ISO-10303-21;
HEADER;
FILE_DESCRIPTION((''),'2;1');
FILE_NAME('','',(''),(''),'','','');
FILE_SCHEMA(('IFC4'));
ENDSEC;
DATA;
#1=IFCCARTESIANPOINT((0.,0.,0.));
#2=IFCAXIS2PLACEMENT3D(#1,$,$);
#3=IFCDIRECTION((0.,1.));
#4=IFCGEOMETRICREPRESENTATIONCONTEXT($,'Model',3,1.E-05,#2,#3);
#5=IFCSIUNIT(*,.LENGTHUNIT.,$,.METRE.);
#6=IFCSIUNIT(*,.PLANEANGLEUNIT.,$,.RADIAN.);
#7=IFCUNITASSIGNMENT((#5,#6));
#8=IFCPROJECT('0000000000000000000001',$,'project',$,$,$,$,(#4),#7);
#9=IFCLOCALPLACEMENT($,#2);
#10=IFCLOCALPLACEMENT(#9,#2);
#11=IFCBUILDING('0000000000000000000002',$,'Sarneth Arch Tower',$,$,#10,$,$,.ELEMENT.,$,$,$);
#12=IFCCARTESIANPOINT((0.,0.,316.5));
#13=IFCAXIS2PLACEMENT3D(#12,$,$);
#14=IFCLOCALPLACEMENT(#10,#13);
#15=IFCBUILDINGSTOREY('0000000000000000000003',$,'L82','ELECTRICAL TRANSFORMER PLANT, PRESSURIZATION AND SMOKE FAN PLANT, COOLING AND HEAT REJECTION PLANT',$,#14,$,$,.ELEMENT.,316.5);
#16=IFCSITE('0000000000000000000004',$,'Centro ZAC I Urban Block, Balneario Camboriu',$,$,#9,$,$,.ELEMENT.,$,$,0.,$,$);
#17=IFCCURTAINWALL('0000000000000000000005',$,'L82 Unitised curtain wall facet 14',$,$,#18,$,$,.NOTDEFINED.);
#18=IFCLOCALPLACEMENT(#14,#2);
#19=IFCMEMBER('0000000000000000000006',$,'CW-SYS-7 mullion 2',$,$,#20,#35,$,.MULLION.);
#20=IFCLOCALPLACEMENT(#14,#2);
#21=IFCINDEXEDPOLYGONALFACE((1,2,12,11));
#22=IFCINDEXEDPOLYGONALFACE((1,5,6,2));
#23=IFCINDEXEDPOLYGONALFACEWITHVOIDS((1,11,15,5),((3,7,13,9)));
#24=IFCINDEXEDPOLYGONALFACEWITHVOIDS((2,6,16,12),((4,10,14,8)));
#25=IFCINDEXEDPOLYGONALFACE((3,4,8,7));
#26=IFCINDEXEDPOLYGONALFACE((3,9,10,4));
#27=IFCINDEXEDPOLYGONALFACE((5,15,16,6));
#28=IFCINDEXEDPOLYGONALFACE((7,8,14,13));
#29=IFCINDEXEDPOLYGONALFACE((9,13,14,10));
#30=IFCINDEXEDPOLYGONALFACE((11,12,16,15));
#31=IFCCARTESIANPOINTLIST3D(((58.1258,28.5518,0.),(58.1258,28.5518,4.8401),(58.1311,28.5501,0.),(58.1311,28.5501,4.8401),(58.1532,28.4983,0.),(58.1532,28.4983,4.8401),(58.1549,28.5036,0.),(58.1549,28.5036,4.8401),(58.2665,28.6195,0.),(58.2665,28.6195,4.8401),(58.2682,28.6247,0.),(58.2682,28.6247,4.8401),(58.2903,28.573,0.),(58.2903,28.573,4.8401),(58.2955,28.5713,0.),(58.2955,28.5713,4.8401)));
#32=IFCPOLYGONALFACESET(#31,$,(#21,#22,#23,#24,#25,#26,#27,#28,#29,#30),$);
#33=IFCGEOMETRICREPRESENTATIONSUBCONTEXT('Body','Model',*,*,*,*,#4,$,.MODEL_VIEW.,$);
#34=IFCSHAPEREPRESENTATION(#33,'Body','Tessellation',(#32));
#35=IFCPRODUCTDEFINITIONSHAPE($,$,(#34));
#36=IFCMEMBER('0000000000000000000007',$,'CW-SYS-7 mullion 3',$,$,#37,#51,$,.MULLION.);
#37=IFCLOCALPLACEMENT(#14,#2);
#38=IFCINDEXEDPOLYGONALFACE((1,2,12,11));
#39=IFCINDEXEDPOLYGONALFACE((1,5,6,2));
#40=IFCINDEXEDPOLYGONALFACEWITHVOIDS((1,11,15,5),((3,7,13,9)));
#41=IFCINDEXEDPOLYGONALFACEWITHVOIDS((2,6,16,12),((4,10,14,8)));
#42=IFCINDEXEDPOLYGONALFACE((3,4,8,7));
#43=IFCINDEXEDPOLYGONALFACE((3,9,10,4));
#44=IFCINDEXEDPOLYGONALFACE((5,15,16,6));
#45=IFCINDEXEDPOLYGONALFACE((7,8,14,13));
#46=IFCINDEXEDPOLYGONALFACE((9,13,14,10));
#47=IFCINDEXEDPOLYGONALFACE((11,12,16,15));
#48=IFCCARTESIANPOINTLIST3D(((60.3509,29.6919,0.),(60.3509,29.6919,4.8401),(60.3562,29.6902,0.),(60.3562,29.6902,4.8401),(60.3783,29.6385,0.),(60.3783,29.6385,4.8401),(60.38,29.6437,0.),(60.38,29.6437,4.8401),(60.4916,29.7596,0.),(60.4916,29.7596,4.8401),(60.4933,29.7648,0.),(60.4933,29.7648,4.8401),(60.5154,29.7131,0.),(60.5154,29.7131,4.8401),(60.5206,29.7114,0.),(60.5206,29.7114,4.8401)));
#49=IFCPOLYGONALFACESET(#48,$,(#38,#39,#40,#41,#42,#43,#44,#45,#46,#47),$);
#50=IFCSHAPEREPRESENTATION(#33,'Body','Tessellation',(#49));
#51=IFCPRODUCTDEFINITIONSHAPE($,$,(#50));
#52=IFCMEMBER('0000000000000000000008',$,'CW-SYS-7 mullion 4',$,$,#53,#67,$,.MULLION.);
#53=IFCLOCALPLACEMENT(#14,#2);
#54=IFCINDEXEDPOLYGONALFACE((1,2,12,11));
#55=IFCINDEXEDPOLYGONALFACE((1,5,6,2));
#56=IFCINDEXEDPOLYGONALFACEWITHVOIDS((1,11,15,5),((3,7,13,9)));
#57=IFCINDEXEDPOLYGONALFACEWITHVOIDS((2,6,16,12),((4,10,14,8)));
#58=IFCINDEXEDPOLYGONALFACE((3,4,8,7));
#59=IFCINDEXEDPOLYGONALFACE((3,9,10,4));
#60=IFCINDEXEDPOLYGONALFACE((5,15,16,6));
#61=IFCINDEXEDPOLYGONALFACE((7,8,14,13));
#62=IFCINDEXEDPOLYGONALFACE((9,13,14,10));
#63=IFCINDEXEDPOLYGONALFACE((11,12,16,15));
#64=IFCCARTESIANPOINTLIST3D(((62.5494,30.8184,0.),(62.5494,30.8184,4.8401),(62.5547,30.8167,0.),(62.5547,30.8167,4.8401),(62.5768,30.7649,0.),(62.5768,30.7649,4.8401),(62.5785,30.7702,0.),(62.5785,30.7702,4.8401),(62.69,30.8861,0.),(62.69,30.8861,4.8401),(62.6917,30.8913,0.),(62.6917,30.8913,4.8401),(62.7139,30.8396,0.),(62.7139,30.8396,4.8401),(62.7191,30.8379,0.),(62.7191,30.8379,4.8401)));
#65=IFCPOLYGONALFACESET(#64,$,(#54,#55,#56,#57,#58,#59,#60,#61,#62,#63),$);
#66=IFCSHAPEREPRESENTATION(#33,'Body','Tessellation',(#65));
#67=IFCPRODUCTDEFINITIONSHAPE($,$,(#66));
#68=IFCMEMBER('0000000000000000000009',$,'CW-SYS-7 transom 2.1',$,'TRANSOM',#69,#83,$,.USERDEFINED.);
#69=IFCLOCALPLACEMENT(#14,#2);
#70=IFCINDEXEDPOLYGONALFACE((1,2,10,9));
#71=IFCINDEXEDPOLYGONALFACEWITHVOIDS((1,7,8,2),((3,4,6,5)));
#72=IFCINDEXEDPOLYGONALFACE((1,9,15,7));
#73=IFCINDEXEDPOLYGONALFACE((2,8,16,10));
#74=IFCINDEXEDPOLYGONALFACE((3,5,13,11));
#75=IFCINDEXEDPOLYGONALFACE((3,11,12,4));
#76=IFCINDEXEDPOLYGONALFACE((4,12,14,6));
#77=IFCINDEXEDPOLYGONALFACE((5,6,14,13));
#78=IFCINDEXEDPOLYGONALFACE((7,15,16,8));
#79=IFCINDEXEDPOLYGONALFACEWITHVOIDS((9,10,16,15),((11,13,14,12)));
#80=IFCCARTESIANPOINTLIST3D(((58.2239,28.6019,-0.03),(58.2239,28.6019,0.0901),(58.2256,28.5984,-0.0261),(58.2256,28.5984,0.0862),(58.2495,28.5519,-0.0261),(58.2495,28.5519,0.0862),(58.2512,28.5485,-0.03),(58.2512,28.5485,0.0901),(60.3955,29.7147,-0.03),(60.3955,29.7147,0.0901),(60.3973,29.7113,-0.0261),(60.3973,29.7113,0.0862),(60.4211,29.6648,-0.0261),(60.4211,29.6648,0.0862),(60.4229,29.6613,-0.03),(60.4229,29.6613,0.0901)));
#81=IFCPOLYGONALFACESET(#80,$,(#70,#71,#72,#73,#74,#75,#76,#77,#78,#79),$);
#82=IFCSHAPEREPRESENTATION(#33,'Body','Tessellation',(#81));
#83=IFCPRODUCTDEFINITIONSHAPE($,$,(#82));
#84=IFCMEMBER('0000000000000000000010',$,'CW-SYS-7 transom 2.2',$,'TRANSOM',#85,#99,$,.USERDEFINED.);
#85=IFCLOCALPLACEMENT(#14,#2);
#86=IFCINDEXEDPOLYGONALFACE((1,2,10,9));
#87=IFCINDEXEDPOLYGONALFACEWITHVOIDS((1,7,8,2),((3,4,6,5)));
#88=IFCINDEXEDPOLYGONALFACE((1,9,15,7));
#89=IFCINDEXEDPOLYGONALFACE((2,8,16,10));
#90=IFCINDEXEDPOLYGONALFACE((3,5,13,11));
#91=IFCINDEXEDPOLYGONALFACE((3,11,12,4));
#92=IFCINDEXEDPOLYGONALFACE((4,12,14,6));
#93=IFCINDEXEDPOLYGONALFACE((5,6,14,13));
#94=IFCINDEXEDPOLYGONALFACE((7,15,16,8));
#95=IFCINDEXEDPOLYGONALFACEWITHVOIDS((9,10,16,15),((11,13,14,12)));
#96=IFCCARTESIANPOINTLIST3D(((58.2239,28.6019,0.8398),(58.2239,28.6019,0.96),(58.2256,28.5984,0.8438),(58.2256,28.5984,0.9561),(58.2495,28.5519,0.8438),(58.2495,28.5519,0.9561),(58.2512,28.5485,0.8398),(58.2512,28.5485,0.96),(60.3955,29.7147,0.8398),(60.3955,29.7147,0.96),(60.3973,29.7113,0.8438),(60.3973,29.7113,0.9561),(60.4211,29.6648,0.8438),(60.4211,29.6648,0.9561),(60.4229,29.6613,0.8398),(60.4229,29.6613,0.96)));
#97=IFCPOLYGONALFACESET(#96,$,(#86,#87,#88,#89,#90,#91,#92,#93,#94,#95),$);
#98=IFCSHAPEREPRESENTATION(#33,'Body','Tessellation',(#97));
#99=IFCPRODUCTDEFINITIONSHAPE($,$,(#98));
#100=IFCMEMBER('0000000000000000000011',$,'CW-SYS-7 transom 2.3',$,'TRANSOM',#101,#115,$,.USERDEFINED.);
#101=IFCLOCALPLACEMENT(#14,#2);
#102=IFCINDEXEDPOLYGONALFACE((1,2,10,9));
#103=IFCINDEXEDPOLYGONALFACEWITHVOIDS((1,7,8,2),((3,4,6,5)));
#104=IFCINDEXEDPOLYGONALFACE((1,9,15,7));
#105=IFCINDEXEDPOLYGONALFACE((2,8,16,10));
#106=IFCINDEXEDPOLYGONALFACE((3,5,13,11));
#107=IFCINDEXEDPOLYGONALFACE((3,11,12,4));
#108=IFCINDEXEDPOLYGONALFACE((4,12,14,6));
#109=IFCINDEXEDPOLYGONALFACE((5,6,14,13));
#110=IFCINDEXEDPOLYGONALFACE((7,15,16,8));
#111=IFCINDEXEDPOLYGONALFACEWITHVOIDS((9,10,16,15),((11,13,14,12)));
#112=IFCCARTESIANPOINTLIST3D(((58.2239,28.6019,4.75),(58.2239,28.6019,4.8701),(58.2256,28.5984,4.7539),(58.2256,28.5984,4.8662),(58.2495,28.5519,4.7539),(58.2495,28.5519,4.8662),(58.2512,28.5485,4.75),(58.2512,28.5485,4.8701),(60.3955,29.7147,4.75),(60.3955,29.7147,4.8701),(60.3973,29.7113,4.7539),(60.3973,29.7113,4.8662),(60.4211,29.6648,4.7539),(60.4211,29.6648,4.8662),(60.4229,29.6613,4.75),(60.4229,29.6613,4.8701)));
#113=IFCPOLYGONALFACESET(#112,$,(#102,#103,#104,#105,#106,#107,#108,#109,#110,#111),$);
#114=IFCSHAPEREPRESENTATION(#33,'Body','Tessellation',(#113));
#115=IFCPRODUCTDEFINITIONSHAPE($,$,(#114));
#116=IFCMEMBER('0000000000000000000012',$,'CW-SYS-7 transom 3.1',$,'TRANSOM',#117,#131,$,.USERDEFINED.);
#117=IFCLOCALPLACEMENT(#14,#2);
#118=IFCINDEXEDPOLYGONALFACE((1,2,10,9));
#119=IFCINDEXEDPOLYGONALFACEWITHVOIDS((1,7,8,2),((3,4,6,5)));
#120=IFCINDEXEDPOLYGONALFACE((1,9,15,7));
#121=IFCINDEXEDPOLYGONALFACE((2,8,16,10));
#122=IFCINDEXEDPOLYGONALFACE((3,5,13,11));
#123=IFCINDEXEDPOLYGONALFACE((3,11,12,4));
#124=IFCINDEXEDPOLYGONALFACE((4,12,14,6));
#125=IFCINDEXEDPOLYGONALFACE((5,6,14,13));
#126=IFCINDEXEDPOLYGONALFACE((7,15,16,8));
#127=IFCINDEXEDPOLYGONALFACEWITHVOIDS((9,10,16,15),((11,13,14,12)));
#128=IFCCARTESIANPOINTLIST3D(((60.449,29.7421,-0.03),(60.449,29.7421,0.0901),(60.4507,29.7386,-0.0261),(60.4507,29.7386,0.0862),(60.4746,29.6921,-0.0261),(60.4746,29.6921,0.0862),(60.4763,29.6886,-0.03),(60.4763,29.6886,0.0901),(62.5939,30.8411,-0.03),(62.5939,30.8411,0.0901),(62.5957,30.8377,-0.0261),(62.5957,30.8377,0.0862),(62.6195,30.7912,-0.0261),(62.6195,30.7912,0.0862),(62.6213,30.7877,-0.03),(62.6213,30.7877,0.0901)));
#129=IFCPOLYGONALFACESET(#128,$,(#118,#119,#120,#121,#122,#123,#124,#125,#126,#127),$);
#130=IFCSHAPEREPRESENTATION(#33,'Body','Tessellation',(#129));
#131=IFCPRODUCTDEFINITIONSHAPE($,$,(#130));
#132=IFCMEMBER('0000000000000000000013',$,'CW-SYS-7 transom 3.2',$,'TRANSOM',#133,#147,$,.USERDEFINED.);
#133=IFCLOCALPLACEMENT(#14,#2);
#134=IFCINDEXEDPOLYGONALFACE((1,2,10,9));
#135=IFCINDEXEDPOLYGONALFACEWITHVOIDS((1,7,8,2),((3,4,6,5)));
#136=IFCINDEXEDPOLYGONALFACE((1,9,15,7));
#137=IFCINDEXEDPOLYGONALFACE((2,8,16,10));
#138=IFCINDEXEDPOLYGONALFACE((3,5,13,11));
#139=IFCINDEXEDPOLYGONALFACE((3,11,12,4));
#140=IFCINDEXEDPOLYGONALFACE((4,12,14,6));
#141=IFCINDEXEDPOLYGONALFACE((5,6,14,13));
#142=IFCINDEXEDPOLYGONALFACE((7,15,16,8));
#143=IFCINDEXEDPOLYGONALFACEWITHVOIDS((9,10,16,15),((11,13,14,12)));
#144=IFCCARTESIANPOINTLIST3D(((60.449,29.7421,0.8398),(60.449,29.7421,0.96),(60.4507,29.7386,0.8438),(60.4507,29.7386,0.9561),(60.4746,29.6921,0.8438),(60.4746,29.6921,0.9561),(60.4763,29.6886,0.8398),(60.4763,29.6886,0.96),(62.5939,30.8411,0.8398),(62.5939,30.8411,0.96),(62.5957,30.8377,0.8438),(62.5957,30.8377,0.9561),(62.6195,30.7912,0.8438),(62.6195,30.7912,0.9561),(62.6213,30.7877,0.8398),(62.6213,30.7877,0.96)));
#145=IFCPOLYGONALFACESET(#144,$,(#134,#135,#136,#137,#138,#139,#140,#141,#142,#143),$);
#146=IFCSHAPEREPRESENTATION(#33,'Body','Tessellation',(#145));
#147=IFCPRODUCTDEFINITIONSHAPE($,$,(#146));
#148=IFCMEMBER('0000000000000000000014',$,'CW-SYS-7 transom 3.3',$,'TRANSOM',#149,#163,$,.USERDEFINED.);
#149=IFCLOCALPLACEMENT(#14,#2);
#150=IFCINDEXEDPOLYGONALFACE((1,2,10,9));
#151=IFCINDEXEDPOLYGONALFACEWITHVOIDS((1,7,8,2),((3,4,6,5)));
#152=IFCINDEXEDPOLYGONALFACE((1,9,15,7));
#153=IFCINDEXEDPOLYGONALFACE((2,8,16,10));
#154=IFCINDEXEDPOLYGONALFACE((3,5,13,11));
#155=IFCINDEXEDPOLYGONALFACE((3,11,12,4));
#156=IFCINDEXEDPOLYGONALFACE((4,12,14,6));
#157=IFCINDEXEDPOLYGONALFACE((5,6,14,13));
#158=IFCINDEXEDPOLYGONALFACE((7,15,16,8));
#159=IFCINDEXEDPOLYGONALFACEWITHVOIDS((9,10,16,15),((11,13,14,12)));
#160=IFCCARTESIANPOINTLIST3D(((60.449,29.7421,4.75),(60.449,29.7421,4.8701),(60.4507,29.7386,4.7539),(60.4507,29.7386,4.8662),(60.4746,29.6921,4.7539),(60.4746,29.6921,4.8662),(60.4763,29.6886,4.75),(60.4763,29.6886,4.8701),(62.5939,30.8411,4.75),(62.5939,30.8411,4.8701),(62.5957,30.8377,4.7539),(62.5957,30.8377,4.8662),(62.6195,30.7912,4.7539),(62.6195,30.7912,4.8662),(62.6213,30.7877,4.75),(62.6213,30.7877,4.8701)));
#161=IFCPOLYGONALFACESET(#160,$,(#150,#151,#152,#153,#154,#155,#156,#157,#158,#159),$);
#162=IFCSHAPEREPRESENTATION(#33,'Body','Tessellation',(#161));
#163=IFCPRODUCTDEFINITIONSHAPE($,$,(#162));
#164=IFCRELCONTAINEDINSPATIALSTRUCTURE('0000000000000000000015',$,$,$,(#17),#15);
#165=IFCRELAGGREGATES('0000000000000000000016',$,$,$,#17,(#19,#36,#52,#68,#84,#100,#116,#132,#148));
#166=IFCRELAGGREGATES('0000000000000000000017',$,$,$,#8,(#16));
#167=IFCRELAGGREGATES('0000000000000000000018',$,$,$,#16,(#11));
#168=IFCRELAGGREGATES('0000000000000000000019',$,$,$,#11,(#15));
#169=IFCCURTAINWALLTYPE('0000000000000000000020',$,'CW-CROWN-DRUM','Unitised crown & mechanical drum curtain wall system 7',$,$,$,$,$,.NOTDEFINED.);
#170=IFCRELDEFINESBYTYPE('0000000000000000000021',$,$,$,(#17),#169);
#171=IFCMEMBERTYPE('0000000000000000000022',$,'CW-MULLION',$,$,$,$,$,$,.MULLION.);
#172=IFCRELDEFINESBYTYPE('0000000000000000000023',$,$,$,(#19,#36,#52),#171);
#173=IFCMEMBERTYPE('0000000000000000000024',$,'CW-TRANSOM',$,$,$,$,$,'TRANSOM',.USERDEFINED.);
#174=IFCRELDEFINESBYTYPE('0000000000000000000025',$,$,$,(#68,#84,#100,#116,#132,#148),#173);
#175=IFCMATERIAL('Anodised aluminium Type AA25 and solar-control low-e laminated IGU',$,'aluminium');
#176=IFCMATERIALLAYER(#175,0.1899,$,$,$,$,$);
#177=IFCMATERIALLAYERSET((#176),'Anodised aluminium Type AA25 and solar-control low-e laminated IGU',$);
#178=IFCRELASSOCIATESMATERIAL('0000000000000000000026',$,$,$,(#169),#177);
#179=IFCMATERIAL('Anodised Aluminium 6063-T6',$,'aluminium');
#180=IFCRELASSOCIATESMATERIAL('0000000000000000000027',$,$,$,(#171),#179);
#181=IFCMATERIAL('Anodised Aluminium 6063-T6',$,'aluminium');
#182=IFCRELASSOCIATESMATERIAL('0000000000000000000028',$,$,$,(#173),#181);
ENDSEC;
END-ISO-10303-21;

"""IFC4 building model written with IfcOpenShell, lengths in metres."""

from ifc_helpers import new_model, si_unit, direction, frame, origin, origin_2d, place, context, subcontext, project, spatial, hollow_rectangle, extrude, material, layer, layer_set, material_profile, profile_set, type_object, element, aggregate, save


model = new_model("IFC4")

# Units and contexts
model_context = context("Model", 3, precision=1e-05, world=origin(), true_north=direction((0.0, 1.0)))
body_context = subcontext(model_context, "Body", "Model", "MODEL_VIEW")
ifc_project = project(units=[si_unit("LENGTHUNIT", "METRE"), si_unit("PLANEANGLEUNIT", "RADIAN")], contexts=[model_context])

# Site, building, storey
site_placement = place(None, origin())
site = spatial("IfcSite", under=ifc_project, at=site_placement, Name="Centro ZAC I Urban Block, Balneario Camboriu", CompositionType="ELEMENT", RefElevation=0.0)
building_placement = place(site_placement, origin())
building = spatial("IfcBuilding", under=site, at=building_placement, Name="Sarneth Arch Tower", CompositionType="ELEMENT")
storey_placement = place(building_placement, frame((0.0, 0.0, 316.5)))
storey = spatial("IfcBuildingStorey", under=building, at=storey_placement, Name="L82", Description="ELECTRICAL TRANSFORMER PLANT, PRESSURIZATION AND SMOKE FAN PLANT, COOLING AND HEAT REJECTION PLANT", CompositionType="ELEMENT", Elevation=316.5)

# Curtain wall, members
ifc_material_1 = material(Name="Anodised aluminium Type AA25 and solar-control low-e laminated IGU", Category="aluminium")
ifc_layer_1 = layer(ifc_material_1, 0.1899)
ifc_layer_set_1 = layer_set([ifc_layer_1], Name="Anodised aluminium Type AA25 and solar-control low-e laminated IGU")
curtain_wall_type = type_object("IfcCurtainWallType", Name="CW-CROWN-DRUM", Description="Unitised crown & mechanical drum curtain wall system 7", PredefinedType="NOTDEFINED", material=ifc_layer_set_1)
curtain_wall_placement = place(storey_placement, origin())
curtain_wall = element("IfcCurtainWall", 1, at=curtain_wall_placement, inside=storey, type_object=curtain_wall_type, Name="L82 Unitised curtain wall facet 14", PredefinedType="NOTDEFINED")
ifc_material_2 = material(Name="Anodised Aluminium 6063-T6", Category="aluminium")
ifc_material_profile_1 = material_profile(ifc_material_2, hollow_rectangle(XDim=0.0601, YDim=0.1599, WallThickness=0.0039, at=origin_2d()), Name="AL-MULL-160x60x4")
ifc_profile_set_1 = profile_set([ifc_material_profile_1], Name="Anodised Aluminium 6063-T6")
member_type_1 = type_object("IfcMemberType", Name="CW-MULLION", PredefinedType="MULLION", material=ifc_profile_set_1)
member_1_placement = place(storey_placement, frame((58.2107, 28.5615, 0.0), z_axis=(0.0, 0.0, 1.0), x_axis=(-0.45604, 0.889959, 0.0)))
member_1 = element("IfcMember", 2, at=member_1_placement, type_object=member_type_1, Name="CW-SYS-7 mullion 2", PredefinedType="MULLION", context=body_context, shape_type="SweptSolid", body=[
    extrude(hollow_rectangle(XDim=0.0601, YDim=0.1599, WallThickness=0.0039, at=origin_2d()), origin(), (0.0, 0.0, 1.0), 4.8401),
])
member_2_placement = place(storey_placement, frame((60.4358, 29.7017, 0.0), z_axis=(0.0, 0.0, 1.0), x_axis=(-0.45604, 0.889959, 0.0)))
member_2 = element("IfcMember", 3, at=member_2_placement, type_object=member_type_1, Name="CW-SYS-7 mullion 3", PredefinedType="MULLION", context=body_context, shape_type="SweptSolid", body=[
    extrude(hollow_rectangle(XDim=0.0601, YDim=0.1599, WallThickness=0.0039, at=origin_2d()), origin(), (0.0, 0.0, 1.0), 4.8401),
])
member_3_placement = place(storey_placement, frame((62.6343, 30.8281, 0.0), z_axis=(0.0, 0.0, 1.0), x_axis=(-0.45604, 0.889959, 0.0)))
member_3 = element("IfcMember", 4, at=member_3_placement, type_object=member_type_1, Name="CW-SYS-7 mullion 4", PredefinedType="MULLION", context=body_context, shape_type="SweptSolid", body=[
    extrude(hollow_rectangle(XDim=0.0601, YDim=0.1599, WallThickness=0.0039, at=origin_2d()), origin(), (0.0, 0.0, 1.0), 4.8401),
])
ifc_material_3 = material(Name="Anodised Aluminium 6063-T6", Category="aluminium")
ifc_material_profile_2 = material_profile(ifc_material_3, hollow_rectangle(XDim=0.0601, YDim=0.1201, WallThickness=0.0039, at=origin_2d()), Name="AL-TRAN-120x60x4")
ifc_profile_set_2 = profile_set([ifc_material_profile_2], Name="Anodised Aluminium 6063-T6")
member_type_2 = type_object("IfcMemberType", Name="CW-TRANSOM", ElementType="TRANSOM", PredefinedType="USERDEFINED", material=ifc_profile_set_2)
member_4_placement = place(storey_placement, frame((58.2375, 28.5752, 0.03), z_axis=(0.889961, 0.456036, 0.0), x_axis=(-0.456036, 0.889961, 0.0)))
member_4 = element("IfcMember", 5, at=member_4_placement, type_object=member_type_2, Name="CW-SYS-7 transom 2.1", ObjectType="TRANSOM", PredefinedType="USERDEFINED", context=body_context, shape_type="SweptSolid", body=[
    extrude(hollow_rectangle(XDim=0.0601, YDim=0.1201, WallThickness=0.0039, at=origin_2d()), origin(), (0.0, 0.0, 1.0), 2.4402),
])
member_5_placement = place(storey_placement, frame((58.2375, 28.5752, 0.8999), z_axis=(0.889961, 0.456036, 0.0), x_axis=(-0.456036, 0.889961, 0.0)))
member_5 = element("IfcMember", 6, at=member_5_placement, type_object=member_type_2, Name="CW-SYS-7 transom 2.2", ObjectType="TRANSOM", PredefinedType="USERDEFINED", context=body_context, shape_type="SweptSolid", body=[
    extrude(hollow_rectangle(XDim=0.0601, YDim=0.1201, WallThickness=0.0039, at=origin_2d()), origin(), (0.0, 0.0, 1.0), 2.4402),
])
member_6_placement = place(storey_placement, frame((58.2375, 28.5752, 4.8101), z_axis=(0.889961, 0.456036, 0.0), x_axis=(-0.456036, 0.889961, 0.0)))
member_6 = element("IfcMember", 7, at=member_6_placement, type_object=member_type_2, Name="CW-SYS-7 transom 2.3", ObjectType="TRANSOM", PredefinedType="USERDEFINED", context=body_context, shape_type="SweptSolid", body=[
    extrude(hollow_rectangle(XDim=0.0601, YDim=0.1201, WallThickness=0.0039, at=origin_2d()), origin(), (0.0, 0.0, 1.0), 2.4402),
])
member_7_placement = place(storey_placement, frame((60.4626, 29.7153, 0.03), z_axis=(0.889967, 0.456025, 0.0), x_axis=(-0.456025, 0.889967, 0.0)))
member_7 = element("IfcMember", 8, at=member_7_placement, type_object=member_type_2, Name="CW-SYS-7 transom 3.1", ObjectType="TRANSOM", PredefinedType="USERDEFINED", context=body_context, shape_type="SweptSolid", body=[
    extrude(hollow_rectangle(XDim=0.0601, YDim=0.1201, WallThickness=0.0039, at=origin_2d()), origin(), (0.0, 0.0, 1.0), 2.4102),
])
member_8_placement = place(storey_placement, frame((60.4626, 29.7153, 0.8999), z_axis=(0.889967, 0.456025, 0.0), x_axis=(-0.456025, 0.889967, 0.0)))
member_8 = element("IfcMember", 9, at=member_8_placement, type_object=member_type_2, Name="CW-SYS-7 transom 3.2", ObjectType="TRANSOM", PredefinedType="USERDEFINED", context=body_context, shape_type="SweptSolid", body=[
    extrude(hollow_rectangle(XDim=0.0601, YDim=0.1201, WallThickness=0.0039, at=origin_2d()), origin(), (0.0, 0.0, 1.0), 2.4102),
])
member_9_placement = place(storey_placement, frame((60.4626, 29.7153, 4.8101), z_axis=(0.889967, 0.456025, 0.0), x_axis=(-0.456025, 0.889967, 0.0)))
member_9 = element("IfcMember", 10, at=member_9_placement, type_object=member_type_2, Name="CW-SYS-7 transom 3.3", ObjectType="TRANSOM", PredefinedType="USERDEFINED", context=body_context, shape_type="SweptSolid", body=[
    extrude(hollow_rectangle(XDim=0.0601, YDim=0.1201, WallThickness=0.0039, at=origin_2d()), origin(), (0.0, 0.0, 1.0), 2.4102),
])

aggregate(curtain_wall, [member_1, member_2, member_3, member_4, member_5, member_6, member_7, member_8, member_9])

save(model, "model.ifc")
